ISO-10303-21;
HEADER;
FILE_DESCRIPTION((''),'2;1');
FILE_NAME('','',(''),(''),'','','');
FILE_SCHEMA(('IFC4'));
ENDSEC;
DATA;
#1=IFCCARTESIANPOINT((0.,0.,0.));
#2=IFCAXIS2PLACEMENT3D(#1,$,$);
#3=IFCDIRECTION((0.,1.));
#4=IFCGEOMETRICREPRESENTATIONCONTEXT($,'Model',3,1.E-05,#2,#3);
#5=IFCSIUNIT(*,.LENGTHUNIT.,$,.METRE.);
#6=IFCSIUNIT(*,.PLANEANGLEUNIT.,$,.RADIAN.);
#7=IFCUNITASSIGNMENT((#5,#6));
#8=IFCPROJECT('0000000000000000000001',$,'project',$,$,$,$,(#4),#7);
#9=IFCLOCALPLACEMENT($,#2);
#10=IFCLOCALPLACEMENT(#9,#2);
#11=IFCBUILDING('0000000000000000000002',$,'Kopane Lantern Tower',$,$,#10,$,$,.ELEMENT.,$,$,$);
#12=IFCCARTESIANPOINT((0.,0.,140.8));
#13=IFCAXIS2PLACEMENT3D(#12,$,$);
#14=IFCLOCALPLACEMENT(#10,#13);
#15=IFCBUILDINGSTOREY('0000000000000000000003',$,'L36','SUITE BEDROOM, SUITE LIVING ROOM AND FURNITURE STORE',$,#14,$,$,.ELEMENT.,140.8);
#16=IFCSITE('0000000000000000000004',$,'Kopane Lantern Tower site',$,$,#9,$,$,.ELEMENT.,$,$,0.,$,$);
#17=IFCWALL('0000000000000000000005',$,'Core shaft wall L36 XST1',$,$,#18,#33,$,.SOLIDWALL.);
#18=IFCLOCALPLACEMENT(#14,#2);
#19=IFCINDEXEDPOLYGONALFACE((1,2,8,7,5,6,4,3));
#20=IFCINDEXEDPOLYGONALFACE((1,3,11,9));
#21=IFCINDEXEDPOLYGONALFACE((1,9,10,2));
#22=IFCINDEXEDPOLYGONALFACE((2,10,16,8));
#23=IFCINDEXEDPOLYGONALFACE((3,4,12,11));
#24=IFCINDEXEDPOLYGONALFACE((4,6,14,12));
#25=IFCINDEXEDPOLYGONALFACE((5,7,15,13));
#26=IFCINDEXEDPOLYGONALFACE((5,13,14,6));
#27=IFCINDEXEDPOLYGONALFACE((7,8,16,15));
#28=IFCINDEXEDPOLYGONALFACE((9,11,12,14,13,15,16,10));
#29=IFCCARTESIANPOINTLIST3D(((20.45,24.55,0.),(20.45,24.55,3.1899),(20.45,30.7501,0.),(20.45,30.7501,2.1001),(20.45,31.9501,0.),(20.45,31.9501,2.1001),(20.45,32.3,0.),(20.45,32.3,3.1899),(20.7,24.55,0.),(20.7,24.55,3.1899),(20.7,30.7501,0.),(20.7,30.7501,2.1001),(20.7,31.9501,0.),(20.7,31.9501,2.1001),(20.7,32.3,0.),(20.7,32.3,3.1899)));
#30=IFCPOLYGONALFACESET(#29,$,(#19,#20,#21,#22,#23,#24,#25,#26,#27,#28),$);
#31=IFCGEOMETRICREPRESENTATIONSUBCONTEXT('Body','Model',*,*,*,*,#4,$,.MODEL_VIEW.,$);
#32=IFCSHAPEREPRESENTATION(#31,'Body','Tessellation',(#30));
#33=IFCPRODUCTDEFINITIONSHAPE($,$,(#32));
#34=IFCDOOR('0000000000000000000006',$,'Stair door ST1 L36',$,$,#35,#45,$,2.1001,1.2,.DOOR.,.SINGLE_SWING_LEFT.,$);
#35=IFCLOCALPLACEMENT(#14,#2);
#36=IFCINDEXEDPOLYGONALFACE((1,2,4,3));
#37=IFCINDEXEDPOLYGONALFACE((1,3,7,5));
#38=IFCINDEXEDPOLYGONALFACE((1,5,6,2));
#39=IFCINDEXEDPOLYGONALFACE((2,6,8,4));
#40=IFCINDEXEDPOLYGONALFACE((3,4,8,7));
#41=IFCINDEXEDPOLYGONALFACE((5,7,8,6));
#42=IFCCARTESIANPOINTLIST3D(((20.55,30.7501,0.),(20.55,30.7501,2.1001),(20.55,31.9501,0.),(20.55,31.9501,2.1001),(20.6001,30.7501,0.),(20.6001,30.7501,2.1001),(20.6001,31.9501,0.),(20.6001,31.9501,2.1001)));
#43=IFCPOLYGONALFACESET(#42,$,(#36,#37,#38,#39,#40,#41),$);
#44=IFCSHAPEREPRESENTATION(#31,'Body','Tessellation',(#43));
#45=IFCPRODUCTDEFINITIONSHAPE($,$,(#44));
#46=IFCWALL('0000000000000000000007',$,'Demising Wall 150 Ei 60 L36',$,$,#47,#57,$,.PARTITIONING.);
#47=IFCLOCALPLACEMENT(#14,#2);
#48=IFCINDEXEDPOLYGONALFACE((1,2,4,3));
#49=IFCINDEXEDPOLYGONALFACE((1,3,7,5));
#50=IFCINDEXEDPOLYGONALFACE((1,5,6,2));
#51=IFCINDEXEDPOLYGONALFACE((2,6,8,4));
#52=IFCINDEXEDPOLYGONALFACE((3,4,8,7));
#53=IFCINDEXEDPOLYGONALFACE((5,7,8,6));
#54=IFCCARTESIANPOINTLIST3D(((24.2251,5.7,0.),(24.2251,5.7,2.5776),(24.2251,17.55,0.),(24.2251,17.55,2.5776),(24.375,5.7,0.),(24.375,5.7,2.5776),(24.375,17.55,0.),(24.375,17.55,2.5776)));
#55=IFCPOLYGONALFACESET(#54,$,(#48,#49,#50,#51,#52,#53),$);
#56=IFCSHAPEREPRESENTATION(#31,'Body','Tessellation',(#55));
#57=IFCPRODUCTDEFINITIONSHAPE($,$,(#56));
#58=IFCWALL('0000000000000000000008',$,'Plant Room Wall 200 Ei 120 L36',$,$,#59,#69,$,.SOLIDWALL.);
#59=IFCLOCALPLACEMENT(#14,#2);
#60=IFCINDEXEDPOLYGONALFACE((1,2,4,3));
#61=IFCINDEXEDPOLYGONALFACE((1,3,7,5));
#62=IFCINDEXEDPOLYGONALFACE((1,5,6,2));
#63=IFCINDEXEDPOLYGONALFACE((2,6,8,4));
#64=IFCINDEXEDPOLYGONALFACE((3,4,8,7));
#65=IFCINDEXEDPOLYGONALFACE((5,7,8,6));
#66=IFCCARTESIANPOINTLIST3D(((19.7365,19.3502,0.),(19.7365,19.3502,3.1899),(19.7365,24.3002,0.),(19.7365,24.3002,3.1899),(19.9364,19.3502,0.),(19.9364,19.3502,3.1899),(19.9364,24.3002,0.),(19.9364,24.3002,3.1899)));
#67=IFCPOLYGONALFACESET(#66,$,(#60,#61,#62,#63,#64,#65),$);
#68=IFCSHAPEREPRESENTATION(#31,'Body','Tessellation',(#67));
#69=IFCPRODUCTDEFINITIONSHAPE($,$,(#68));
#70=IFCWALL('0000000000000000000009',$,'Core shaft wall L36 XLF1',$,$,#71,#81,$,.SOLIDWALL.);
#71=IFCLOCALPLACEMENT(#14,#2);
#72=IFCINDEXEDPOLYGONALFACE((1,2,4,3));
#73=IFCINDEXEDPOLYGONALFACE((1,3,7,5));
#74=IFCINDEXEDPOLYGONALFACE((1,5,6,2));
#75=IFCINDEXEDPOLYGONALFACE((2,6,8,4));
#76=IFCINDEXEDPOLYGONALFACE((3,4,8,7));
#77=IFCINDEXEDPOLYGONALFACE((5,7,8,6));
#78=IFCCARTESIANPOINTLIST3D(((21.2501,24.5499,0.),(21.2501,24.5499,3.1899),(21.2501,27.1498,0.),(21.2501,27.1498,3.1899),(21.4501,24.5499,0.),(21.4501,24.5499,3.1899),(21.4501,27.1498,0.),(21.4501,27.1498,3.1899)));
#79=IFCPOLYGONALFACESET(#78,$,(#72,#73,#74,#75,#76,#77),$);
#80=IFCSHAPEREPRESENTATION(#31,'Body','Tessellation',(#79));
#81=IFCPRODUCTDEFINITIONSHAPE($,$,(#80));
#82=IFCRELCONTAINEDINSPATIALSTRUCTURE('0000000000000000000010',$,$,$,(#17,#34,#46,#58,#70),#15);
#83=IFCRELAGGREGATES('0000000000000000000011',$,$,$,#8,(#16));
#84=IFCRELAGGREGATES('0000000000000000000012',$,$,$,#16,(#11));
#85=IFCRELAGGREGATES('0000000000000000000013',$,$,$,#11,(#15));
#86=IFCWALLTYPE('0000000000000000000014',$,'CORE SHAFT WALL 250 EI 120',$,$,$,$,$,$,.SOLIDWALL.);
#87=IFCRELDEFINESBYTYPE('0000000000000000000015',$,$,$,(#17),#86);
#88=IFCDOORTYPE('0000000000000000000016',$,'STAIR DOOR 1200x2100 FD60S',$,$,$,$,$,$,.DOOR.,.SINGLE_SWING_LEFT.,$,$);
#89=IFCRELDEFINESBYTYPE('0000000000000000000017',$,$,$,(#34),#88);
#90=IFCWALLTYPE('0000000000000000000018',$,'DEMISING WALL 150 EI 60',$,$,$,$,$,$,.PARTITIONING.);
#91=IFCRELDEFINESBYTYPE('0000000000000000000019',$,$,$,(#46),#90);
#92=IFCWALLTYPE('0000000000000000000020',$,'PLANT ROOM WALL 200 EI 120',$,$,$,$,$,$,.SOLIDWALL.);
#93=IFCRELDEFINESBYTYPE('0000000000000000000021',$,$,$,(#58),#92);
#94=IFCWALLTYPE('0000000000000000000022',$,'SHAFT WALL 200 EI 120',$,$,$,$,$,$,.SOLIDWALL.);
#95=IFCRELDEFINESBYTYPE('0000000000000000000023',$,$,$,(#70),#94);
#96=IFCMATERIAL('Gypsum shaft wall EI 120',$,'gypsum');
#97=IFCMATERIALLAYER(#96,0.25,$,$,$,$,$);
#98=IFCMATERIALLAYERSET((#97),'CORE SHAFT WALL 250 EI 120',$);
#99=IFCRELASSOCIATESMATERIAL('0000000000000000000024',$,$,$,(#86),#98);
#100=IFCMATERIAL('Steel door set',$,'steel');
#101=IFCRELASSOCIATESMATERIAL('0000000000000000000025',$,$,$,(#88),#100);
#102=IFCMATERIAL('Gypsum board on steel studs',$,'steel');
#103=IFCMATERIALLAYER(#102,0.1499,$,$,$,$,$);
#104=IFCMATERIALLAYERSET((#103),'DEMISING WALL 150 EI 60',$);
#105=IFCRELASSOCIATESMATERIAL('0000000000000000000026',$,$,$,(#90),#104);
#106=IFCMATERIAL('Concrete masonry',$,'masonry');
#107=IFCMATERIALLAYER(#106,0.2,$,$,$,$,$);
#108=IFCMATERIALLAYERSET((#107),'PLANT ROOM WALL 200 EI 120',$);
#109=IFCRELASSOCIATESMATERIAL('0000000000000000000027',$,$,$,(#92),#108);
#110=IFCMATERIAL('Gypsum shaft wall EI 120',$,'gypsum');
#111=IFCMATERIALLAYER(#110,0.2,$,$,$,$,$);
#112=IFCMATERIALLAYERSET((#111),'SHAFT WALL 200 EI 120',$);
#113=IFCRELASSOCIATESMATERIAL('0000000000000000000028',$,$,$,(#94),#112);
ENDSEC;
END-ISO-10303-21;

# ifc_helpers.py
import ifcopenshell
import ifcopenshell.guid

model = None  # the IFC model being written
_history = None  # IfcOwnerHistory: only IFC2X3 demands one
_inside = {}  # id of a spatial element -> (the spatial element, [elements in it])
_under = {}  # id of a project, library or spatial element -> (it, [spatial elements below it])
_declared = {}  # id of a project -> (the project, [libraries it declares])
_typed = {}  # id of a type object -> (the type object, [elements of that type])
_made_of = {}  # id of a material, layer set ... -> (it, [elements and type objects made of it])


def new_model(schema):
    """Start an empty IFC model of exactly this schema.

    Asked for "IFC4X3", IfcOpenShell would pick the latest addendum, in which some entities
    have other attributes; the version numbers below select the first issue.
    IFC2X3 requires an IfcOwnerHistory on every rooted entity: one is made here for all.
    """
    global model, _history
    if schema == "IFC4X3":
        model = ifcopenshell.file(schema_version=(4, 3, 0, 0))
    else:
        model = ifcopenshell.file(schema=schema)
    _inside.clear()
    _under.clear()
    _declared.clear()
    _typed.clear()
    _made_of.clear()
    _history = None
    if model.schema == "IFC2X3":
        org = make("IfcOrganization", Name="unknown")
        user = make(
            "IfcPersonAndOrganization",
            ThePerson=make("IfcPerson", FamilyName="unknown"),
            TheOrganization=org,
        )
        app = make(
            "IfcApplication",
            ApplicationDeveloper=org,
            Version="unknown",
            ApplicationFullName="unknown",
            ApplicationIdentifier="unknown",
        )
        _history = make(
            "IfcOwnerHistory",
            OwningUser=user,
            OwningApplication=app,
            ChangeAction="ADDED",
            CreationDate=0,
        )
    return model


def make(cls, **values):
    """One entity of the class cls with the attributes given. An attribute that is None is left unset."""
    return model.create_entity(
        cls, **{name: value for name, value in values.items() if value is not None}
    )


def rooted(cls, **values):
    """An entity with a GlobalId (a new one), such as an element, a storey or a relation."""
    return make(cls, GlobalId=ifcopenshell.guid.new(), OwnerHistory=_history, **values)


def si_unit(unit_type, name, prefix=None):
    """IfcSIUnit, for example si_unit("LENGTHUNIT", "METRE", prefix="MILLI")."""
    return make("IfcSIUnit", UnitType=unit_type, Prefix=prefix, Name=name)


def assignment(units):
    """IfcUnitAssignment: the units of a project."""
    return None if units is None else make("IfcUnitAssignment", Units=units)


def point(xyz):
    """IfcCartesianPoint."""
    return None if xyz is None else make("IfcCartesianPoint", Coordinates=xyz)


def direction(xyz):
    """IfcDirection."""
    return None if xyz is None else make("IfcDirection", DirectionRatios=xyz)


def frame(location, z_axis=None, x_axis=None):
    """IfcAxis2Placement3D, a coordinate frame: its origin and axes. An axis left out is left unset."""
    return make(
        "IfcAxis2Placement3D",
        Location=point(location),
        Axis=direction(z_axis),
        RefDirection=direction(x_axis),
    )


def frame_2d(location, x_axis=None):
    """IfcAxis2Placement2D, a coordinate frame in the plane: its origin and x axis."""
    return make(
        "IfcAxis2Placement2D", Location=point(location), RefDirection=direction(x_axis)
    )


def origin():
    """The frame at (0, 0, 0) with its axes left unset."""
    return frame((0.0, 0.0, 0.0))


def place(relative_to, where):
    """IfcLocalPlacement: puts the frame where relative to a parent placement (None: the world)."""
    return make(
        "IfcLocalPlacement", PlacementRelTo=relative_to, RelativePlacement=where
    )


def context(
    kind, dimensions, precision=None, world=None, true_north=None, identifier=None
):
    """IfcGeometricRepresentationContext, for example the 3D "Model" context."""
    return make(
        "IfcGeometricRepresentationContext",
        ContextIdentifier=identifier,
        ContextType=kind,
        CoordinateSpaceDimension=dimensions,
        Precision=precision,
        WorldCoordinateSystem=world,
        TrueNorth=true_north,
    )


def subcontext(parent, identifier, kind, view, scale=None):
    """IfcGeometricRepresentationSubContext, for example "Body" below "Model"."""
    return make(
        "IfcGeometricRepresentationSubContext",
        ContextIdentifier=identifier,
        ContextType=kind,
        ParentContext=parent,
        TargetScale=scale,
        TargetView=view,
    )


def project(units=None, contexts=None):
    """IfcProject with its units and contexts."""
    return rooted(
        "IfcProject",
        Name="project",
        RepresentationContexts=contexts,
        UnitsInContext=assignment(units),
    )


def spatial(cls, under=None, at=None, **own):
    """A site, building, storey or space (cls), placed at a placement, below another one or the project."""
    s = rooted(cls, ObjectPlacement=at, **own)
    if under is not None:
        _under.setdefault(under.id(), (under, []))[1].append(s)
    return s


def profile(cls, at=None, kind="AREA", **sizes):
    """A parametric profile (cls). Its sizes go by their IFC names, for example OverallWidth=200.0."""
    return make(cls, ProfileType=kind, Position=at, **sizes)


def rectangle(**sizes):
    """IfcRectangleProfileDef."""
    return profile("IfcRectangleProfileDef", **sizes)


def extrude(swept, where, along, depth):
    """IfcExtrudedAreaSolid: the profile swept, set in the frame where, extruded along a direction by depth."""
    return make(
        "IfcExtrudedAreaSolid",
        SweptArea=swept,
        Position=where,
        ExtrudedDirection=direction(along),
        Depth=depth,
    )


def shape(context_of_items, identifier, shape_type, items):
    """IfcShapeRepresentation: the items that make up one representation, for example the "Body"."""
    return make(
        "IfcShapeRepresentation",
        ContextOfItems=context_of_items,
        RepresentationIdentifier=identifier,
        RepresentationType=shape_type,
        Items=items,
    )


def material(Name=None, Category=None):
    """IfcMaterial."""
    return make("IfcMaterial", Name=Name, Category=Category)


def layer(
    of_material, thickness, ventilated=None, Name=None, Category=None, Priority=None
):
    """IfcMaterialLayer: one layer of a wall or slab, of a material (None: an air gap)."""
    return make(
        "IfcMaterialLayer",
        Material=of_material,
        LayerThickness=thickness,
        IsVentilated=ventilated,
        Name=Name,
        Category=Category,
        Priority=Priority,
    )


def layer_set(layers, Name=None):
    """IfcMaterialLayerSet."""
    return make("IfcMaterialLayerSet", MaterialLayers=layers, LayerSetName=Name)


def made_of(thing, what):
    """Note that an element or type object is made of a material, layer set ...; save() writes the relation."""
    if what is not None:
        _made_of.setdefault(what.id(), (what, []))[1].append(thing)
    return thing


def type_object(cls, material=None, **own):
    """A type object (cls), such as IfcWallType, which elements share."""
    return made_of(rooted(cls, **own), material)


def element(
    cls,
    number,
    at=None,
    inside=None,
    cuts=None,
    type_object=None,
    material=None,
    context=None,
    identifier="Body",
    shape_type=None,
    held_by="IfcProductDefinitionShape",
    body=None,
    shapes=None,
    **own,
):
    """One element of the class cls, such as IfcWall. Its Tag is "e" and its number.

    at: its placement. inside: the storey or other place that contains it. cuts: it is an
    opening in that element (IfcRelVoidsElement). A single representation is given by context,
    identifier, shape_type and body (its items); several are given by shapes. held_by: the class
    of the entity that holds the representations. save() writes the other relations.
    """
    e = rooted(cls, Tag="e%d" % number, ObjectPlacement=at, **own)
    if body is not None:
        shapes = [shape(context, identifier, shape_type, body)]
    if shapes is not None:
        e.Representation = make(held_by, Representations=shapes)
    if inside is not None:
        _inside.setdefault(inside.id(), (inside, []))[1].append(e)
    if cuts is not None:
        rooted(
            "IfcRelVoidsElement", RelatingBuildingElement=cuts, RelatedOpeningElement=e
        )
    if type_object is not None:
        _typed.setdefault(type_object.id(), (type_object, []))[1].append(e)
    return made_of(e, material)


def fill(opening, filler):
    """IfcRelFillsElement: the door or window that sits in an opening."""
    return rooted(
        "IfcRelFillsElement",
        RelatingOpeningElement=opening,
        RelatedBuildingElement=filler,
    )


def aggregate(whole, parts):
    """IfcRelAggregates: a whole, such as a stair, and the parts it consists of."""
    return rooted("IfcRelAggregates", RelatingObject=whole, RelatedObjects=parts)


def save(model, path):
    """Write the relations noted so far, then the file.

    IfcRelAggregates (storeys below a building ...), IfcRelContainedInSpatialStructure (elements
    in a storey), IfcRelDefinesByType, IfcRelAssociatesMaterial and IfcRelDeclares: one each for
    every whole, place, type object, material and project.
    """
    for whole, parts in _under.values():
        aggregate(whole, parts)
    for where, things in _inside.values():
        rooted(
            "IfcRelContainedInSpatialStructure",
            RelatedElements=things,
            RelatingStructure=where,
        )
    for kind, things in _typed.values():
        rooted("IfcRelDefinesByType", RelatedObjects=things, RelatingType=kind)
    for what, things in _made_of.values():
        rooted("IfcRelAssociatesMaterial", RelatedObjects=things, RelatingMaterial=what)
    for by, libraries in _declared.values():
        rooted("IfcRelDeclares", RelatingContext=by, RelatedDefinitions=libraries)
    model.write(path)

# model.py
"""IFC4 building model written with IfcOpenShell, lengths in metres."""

from ifc_helpers import new_model, si_unit, direction, frame, frame_2d, origin, place, context, subcontext, project, spatial, rectangle, extrude, material, layer, layer_set, type_object, element, fill, save


model = new_model("IFC4")

# Units and contexts
model_context = context("Model", 3, precision=1e-05, world=origin(), true_north=direction((0.0, 1.0)))
body_context = subcontext(model_context, "Body", "Model", "MODEL_VIEW")
ifc_project = project(units=[si_unit("LENGTHUNIT", "METRE"), si_unit("PLANEANGLEUNIT", "RADIAN")], contexts=[model_context])

# Site, building, storey
site_placement = place(None, origin())
site = spatial("IfcSite", under=ifc_project, at=site_placement, Name="Kopane Lantern Tower site", CompositionType="ELEMENT", RefElevation=0.0)
building_placement = place(site_placement, origin())
building = spatial("IfcBuilding", under=site, at=building_placement, Name="Kopane Lantern Tower", CompositionType="ELEMENT")
storey_placement = place(building_placement, frame((0.0, 0.0, 140.8)))
storey = spatial("IfcBuildingStorey", under=building, at=storey_placement, Name="L36", Description="SUITE BEDROOM, SUITE LIVING ROOM AND FURNITURE STORE", CompositionType="ELEMENT", Elevation=140.8)

# Wall, opening, door
ifc_material_1 = material(Name="Gypsum shaft wall EI 120", Category="gypsum")
ifc_layer_1 = layer(ifc_material_1, 0.25)
ifc_layer_set_1 = layer_set([ifc_layer_1], Name="CORE SHAFT WALL 250 EI 120")
wall_type_1 = type_object("IfcWallType", Name="CORE SHAFT WALL 250 EI 120", PredefinedType="SOLIDWALL", material=ifc_layer_set_1)
wall_1_placement = place(storey_placement, frame((20.575, 24.55, 0.0), z_axis=(0.0, 0.0, 1.0), x_axis=(0.0, 1.0, 0.0)))
wall_1 = element("IfcWall", 1, at=wall_1_placement, inside=storey, type_object=wall_type_1, Name="Core shaft wall L36 XST1", PredefinedType="SOLIDWALL", context=body_context, shape_type="SweptSolid", body=[
    extrude(rectangle(XDim=7.75, YDim=0.25, at=frame_2d((3.875, 0.0))), origin(), (0.0, 0.0, 1.0), 3.1899),
])
opening_1_placement = place(wall_1_placement, frame((6.2, 0.0, 0.0)))
opening_1 = element("IfcOpeningElement", 2, at=opening_1_placement, cuts=wall_1, PredefinedType="OPENING", context=body_context, shape_type="SweptSolid", body=[
    extrude(rectangle(XDim=1.2, YDim=2.1001, at=frame_2d((0.6001, 1.05))), frame((0.0, 0.135, 0.0), z_axis=(0.0, -1.0, 0.0), x_axis=(1.0, 0.0, 0.0)), (0.0, 0.0, 1.0), 0.27),
])
ifc_material_2 = material(Name="Steel door set", Category="steel")
door_type_1 = type_object("IfcDoorType", Name="STAIR DOOR 1200x2100 FD60S", OperationType="SINGLE_SWING_LEFT", PredefinedType="DOOR", material=ifc_material_2)
door_1_placement = place(opening_1_placement, origin())
door_1 = element("IfcDoor", 3, at=door_1_placement, inside=storey, type_object=door_type_1, Name="Stair door ST1 L36", OperationType="SINGLE_SWING_LEFT", OverallHeight=2.1001, OverallWidth=1.2, PredefinedType="DOOR", context=body_context, shape_type="SweptSolid", body=[
    extrude(rectangle(XDim=1.2, YDim=2.1001, at=frame_2d((0.6001, 1.05))), frame((0.0, 0.0249, 0.0), z_axis=(0.0, -1.0, 0.0), x_axis=(1.0, 0.0, 0.0)), (0.0, 0.0, 1.0), 0.05),
])
fill(opening_1, door_1)

# Walls
ifc_material_3 = material(Name="Gypsum board on steel studs", Category="steel")
ifc_layer_2 = layer(ifc_material_3, 0.1499)
ifc_layer_set_2 = layer_set([ifc_layer_2], Name="DEMISING WALL 150 EI 60")
wall_type_2 = type_object("IfcWallType", Name="DEMISING WALL 150 EI 60", PredefinedType="PARTITIONING", material=ifc_layer_set_2)
wall_2_placement = place(storey_placement, frame((24.3, 17.55, 0.0), z_axis=(0.0, 0.0, 1.0), x_axis=(0.0, -1.0, 0.0)))
element("IfcWall", 4, at=wall_2_placement, inside=storey, type_object=wall_type_2, Name="Demising Wall 150 Ei 60 L36", PredefinedType="PARTITIONING", context=body_context, shape_type="SweptSolid", body=[
    extrude(rectangle(XDim=11.8501, YDim=0.1499, at=frame_2d((5.925, 0.0))), origin(), (0.0, 0.0, 1.0), 2.5776),
])
ifc_material_4 = material(Name="Concrete masonry", Category="masonry")
ifc_layer_3 = layer(ifc_material_4, 0.2)
ifc_layer_set_3 = layer_set([ifc_layer_3], Name="PLANT ROOM WALL 200 EI 120")
wall_type_3 = type_object("IfcWallType", Name="PLANT ROOM WALL 200 EI 120", PredefinedType="SOLIDWALL", material=ifc_layer_set_3)
wall_3_placement = place(storey_placement, frame((19.8364, 19.3501, 0.0), z_axis=(0.0, 0.0, 1.0), x_axis=(0.0, 1.0, 0.0)))
element("IfcWall", 5, at=wall_3_placement, inside=storey, type_object=wall_type_3, Name="Plant Room Wall 200 Ei 120 L36", PredefinedType="SOLIDWALL", context=body_context, shape_type="SweptSolid", body=[
    extrude(rectangle(XDim=4.95, YDim=0.2, at=frame_2d((2.4751, 0.0))), origin(), (0.0, 0.0, 1.0), 3.1899),
])
ifc_material_5 = material(Name="Gypsum shaft wall EI 120", Category="gypsum")
ifc_layer_4 = layer(ifc_material_5, 0.2)
ifc_layer_set_4 = layer_set([ifc_layer_4], Name="SHAFT WALL 200 EI 120")
wall_type_4 = type_object("IfcWallType", Name="SHAFT WALL 200 EI 120", PredefinedType="SOLIDWALL", material=ifc_layer_set_4)
wall_4_placement = place(storey_placement, frame((21.3501, 24.55, 0.0), z_axis=(0.0, 0.0, 1.0), x_axis=(0.0, 1.0, 0.0)))
element("IfcWall", 6, at=wall_4_placement, inside=storey, type_object=wall_type_4, Name="Core shaft wall L36 XLF1", PredefinedType="SOLIDWALL", context=body_context, shape_type="SweptSolid", body=[
    extrude(rectangle(XDim=2.5999, YDim=0.2, at=frame_2d((1.2998, 0.0))), origin(), (0.0, 0.0, 1.0), 3.1899),
])

save(model, "model.ifc")
